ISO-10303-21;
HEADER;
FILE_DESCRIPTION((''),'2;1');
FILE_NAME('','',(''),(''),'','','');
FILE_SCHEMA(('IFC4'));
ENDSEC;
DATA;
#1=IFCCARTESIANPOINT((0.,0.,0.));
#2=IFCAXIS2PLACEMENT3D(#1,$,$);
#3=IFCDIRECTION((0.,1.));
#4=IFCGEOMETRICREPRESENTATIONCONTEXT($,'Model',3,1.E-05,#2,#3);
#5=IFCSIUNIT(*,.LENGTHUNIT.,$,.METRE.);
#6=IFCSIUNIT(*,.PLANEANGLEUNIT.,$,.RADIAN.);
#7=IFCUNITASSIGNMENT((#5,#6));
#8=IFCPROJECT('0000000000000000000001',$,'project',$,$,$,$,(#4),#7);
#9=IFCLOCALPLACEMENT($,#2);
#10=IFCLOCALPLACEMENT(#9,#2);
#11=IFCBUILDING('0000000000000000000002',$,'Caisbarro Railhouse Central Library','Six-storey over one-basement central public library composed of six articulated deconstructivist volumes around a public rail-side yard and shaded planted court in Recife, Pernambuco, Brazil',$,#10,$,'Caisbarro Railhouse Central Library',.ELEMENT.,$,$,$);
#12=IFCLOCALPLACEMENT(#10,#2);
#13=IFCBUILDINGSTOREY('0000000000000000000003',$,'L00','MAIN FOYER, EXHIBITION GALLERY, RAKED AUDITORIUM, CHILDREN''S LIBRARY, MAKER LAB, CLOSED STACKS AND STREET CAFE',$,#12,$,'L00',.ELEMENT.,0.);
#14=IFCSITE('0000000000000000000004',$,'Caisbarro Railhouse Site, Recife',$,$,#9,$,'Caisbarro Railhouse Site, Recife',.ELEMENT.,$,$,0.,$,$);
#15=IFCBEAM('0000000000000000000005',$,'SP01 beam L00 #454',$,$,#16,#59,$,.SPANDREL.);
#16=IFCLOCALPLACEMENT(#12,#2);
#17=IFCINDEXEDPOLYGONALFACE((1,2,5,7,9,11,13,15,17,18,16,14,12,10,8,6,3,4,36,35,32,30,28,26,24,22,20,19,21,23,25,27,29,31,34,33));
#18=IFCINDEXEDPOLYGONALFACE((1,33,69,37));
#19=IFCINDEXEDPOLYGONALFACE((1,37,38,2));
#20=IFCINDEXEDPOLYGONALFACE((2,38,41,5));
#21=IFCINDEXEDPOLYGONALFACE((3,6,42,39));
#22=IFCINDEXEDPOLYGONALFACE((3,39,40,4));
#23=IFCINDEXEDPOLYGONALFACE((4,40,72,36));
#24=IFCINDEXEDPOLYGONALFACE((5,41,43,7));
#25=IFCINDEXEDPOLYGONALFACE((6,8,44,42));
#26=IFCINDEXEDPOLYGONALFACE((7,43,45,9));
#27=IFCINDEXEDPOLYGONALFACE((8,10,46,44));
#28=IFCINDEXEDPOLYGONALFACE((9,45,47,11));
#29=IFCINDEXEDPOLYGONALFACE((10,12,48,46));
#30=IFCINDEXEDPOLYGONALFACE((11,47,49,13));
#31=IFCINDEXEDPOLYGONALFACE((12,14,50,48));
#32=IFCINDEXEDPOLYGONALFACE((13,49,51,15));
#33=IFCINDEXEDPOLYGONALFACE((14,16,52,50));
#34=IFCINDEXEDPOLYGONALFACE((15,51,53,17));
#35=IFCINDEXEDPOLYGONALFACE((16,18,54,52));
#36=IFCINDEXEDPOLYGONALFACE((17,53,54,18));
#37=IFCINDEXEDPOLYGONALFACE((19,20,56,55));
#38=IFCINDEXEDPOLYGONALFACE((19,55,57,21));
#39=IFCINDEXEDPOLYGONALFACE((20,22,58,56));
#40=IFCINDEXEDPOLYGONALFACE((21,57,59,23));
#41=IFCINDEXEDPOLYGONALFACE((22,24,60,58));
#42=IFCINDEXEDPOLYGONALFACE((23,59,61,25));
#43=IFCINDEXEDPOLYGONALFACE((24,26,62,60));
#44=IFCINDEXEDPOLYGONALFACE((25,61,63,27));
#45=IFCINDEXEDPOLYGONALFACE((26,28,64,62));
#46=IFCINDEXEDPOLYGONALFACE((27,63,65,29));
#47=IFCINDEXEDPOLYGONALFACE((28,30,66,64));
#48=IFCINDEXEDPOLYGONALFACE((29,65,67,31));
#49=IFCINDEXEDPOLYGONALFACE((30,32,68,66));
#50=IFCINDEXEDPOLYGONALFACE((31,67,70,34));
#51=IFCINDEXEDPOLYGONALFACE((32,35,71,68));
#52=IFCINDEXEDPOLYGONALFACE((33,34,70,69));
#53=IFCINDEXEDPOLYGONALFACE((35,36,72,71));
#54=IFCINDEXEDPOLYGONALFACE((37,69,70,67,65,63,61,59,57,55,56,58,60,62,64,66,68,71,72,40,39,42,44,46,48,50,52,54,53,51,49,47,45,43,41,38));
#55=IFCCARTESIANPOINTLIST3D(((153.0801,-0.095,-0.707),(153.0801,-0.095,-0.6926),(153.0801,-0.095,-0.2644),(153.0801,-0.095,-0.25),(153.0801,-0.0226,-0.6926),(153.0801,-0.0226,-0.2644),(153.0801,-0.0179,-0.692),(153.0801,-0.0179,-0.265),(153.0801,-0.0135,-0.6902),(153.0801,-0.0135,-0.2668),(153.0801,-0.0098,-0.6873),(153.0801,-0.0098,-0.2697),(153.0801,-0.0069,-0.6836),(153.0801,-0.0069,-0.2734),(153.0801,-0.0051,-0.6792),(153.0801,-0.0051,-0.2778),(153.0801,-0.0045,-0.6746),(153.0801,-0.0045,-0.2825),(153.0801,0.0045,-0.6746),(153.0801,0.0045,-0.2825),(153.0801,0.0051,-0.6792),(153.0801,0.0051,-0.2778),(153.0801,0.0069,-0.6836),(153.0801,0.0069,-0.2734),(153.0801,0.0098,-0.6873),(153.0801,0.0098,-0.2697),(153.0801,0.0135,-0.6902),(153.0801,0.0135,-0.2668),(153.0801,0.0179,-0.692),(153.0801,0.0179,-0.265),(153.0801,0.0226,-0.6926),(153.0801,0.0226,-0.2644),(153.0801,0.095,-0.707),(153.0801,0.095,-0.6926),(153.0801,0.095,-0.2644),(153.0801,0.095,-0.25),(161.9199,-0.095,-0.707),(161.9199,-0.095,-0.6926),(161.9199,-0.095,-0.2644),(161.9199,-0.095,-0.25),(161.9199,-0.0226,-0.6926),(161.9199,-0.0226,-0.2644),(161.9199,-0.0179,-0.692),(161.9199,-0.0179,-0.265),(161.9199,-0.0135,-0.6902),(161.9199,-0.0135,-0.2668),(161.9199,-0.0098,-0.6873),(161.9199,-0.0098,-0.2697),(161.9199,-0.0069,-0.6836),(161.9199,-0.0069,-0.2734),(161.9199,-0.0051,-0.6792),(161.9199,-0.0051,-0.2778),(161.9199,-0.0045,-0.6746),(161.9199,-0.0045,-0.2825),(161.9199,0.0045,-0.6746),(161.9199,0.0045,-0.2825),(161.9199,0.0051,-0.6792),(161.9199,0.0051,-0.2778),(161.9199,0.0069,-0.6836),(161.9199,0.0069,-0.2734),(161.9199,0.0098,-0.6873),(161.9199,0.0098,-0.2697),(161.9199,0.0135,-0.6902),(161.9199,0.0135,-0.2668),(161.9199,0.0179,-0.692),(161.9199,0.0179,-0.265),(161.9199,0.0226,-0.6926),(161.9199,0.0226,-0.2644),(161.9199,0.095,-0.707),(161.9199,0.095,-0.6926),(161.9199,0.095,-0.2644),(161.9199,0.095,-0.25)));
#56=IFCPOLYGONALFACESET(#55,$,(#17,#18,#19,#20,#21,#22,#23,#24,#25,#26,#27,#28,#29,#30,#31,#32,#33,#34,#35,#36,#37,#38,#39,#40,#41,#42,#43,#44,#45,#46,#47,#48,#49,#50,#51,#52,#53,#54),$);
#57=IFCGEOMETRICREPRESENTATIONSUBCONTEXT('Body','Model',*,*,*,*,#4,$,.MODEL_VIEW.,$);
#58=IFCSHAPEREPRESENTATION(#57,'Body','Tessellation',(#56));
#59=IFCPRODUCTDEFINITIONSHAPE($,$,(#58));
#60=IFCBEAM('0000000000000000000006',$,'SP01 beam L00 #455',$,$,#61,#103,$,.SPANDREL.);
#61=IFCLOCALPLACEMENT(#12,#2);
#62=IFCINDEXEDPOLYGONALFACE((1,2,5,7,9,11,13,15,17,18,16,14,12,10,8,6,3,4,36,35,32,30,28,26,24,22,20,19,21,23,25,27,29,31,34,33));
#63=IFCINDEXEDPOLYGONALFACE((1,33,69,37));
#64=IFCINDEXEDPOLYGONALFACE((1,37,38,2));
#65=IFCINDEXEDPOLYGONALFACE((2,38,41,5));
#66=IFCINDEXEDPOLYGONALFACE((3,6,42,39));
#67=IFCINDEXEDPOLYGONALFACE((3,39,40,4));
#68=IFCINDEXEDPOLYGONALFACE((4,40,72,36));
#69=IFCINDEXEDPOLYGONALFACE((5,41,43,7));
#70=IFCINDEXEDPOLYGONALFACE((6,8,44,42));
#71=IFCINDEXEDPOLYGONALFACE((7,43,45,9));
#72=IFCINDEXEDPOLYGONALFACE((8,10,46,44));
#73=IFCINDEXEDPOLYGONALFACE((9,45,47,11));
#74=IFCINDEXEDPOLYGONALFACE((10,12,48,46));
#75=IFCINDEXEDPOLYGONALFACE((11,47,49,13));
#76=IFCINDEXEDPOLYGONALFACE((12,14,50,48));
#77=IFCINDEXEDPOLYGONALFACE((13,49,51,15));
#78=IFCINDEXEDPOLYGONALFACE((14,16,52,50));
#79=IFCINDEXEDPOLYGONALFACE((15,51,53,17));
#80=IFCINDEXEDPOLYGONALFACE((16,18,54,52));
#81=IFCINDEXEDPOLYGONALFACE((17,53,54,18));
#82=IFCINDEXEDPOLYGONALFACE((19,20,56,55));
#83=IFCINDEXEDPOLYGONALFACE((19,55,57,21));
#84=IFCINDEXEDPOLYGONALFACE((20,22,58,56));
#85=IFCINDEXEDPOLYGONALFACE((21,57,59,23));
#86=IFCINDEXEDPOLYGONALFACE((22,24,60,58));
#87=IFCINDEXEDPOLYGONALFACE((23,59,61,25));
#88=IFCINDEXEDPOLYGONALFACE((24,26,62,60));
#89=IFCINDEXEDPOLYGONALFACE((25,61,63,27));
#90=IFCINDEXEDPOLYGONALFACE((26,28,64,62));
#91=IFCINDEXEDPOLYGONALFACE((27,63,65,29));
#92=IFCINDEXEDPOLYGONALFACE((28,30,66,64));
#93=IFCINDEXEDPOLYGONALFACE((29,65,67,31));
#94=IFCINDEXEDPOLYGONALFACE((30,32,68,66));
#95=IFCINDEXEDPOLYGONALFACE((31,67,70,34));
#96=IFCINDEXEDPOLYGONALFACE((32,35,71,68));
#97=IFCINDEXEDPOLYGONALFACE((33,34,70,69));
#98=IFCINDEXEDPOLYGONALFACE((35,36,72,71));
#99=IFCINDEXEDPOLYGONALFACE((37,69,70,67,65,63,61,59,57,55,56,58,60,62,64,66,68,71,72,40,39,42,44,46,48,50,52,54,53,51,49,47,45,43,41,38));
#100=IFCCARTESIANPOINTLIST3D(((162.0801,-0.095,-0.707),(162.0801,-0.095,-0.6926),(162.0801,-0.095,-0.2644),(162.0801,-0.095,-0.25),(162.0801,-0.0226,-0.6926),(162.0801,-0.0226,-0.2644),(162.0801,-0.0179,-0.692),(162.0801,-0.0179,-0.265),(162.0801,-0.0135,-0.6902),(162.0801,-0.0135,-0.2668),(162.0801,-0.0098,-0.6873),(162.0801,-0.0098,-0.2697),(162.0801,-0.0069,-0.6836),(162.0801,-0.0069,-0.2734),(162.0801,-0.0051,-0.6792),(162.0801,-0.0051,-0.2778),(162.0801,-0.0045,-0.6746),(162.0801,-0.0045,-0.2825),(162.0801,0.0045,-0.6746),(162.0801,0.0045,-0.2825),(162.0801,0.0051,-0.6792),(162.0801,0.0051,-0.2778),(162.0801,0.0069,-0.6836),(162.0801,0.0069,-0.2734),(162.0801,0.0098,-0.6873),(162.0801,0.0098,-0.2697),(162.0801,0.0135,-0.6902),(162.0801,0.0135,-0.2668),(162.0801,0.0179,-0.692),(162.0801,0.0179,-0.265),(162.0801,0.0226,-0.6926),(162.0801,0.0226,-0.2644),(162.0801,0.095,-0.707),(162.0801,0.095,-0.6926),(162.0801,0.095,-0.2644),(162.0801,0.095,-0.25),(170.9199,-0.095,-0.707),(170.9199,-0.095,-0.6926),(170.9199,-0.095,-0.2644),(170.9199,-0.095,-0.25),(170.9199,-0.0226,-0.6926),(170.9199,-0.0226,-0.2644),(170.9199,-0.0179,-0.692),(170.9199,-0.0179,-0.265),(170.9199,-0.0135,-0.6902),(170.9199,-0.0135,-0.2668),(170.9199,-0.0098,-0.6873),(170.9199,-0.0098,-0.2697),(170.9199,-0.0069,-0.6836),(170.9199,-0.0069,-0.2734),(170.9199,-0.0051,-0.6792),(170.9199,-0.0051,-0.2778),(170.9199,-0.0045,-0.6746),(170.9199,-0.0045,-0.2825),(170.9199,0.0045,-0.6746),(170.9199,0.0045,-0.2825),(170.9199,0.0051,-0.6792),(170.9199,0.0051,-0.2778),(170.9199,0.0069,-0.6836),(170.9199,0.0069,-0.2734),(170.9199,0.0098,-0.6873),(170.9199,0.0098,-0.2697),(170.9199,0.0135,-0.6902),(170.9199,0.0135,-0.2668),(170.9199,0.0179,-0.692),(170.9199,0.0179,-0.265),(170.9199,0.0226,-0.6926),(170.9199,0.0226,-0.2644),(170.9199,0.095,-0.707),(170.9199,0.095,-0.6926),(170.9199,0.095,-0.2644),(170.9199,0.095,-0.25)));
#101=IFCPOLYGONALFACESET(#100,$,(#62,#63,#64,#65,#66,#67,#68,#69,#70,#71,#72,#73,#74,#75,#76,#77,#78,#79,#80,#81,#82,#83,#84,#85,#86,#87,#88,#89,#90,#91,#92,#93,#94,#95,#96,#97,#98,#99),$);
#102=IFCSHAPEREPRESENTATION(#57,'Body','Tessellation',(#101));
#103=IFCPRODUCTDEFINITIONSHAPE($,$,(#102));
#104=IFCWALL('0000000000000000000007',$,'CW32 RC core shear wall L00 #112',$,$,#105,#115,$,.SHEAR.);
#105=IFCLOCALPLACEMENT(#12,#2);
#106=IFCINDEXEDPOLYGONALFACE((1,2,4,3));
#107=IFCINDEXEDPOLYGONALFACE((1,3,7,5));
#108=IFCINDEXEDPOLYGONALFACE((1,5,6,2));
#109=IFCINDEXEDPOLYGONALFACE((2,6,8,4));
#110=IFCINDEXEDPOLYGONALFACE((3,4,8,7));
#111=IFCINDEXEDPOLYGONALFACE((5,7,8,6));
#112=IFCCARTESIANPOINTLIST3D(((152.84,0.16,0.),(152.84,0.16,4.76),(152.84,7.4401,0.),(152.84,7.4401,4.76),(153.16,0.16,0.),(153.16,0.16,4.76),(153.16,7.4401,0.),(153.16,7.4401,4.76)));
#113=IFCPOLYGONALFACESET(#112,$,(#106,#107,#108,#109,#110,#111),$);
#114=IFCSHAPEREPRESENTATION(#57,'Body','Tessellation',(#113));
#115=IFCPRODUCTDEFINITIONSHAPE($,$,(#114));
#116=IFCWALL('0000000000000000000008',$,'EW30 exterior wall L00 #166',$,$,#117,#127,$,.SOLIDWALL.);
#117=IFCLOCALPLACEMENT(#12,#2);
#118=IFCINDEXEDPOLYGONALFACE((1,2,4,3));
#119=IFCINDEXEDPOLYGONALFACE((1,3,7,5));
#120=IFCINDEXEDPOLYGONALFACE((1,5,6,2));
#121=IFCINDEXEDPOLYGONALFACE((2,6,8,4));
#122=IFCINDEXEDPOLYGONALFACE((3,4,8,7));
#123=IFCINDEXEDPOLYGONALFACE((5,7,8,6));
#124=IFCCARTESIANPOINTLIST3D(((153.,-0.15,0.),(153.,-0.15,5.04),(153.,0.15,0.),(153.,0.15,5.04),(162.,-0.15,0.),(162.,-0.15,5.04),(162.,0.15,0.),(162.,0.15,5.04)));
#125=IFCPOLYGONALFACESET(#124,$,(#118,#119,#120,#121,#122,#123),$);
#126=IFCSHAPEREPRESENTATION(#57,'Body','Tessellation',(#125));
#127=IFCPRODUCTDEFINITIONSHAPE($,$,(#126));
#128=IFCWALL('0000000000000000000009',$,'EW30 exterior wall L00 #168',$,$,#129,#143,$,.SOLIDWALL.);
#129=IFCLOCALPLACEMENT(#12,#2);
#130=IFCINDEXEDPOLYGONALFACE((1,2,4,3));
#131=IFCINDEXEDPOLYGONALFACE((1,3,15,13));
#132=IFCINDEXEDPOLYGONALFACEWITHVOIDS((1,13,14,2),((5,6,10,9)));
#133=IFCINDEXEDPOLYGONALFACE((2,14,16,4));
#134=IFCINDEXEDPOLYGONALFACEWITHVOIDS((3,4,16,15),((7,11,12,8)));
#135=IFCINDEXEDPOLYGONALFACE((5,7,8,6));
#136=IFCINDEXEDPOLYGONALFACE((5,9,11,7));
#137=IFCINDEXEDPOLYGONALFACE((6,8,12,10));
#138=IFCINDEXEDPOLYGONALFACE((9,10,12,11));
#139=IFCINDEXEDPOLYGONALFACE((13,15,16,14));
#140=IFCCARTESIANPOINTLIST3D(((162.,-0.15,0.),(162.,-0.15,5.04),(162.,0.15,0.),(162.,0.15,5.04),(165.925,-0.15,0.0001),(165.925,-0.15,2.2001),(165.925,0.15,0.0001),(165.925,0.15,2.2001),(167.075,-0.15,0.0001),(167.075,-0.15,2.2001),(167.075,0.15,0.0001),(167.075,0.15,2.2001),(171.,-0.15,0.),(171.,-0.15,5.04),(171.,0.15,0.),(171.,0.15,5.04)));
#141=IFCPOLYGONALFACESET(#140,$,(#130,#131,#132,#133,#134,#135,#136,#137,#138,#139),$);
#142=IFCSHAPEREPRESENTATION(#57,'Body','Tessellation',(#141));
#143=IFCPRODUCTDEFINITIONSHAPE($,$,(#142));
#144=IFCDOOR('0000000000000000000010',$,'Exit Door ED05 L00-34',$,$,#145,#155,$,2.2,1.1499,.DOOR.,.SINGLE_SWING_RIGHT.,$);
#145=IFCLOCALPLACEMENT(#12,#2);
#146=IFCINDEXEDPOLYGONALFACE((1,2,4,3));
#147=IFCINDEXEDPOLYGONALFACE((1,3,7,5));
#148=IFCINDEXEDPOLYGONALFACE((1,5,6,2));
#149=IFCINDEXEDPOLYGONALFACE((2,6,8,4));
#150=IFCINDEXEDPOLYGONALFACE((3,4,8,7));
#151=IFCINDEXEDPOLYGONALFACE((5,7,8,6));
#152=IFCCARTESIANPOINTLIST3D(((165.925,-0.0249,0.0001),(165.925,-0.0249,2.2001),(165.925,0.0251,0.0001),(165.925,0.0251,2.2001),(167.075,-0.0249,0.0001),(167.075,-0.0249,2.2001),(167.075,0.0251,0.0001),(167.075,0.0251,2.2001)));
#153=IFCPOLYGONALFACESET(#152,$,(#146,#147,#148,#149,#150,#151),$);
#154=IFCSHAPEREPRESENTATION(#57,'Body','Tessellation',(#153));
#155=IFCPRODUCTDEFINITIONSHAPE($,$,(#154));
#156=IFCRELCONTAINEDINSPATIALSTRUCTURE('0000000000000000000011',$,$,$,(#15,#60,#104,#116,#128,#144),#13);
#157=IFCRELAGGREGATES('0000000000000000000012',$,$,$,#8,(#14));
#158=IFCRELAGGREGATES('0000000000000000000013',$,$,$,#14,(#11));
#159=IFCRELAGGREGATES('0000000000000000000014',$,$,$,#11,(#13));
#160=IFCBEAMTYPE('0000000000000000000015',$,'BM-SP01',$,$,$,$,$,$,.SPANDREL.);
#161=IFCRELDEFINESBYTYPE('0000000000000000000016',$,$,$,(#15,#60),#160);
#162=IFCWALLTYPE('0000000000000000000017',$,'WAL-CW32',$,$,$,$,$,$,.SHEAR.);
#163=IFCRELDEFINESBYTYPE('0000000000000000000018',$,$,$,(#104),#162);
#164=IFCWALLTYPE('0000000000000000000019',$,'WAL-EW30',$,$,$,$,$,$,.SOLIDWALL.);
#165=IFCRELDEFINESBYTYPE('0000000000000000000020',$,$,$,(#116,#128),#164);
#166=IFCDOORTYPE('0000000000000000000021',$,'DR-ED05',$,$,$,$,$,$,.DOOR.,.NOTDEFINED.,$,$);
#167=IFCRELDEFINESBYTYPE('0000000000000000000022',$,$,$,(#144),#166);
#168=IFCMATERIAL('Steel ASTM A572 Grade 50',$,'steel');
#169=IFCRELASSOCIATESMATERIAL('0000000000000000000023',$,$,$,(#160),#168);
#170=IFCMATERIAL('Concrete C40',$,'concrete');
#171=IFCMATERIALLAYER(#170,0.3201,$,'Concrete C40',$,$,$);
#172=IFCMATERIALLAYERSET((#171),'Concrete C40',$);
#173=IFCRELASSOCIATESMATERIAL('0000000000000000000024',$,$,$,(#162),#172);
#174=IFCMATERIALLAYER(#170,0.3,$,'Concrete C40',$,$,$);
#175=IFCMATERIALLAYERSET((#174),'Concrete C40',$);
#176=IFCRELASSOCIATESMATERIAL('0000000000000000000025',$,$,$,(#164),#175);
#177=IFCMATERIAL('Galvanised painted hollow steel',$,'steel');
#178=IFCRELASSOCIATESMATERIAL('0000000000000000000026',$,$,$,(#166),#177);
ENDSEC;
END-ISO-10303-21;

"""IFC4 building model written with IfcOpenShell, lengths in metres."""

from ifc_helpers import new_model, si_unit, direction, frame, frame_2d, origin, origin_2d, place, context, subcontext, project, spatial, rectangle, i_section, extrude, material, layer, layer_set, material_profile, profile_set, type_object, element, fill, save


model = new_model("IFC4")

# Units and contexts
model_context = context("Model", 3, precision=1e-05, world=origin(), true_north=direction((0.0, 1.0)))
body_context = subcontext(model_context, "Body", "Model", "MODEL_VIEW")
ifc_project = project(units=[si_unit("LENGTHUNIT", "METRE"), si_unit("PLANEANGLEUNIT", "RADIAN")], contexts=[model_context])

# Site, building, storey
site_placement = place(None, origin())
site = spatial("IfcSite", under=ifc_project, at=site_placement, Name="Caisbarro Railhouse Site, Recife", LongName="Caisbarro Railhouse Site, Recife", CompositionType="ELEMENT", RefElevation=0.0)
building_placement = place(site_placement, origin())
building = spatial("IfcBuilding", under=site, at=building_placement, Name="Caisbarro Railhouse Central Library", Description="Six-storey over one-basement central public library composed of six articulated deconstructivist volumes around a public rail-side yard and shaded planted court in Recife, Pernambuco, Brazil", LongName="Caisbarro Railhouse Central Library", CompositionType="ELEMENT")
storey_placement = place(building_placement, origin())
storey = spatial("IfcBuildingStorey", under=building, at=storey_placement, Name="L00", Description="MAIN FOYER, EXHIBITION GALLERY, RAKED AUDITORIUM, CHILDREN'S LIBRARY, MAKER LAB, CLOSED STACKS AND STREET CAFE", LongName="L00", CompositionType="ELEMENT", Elevation=0.0)

# Shared definitions
ifc_material_1 = material(Name="Steel ASTM A572 Grade 50", Category="steel")

# Beams
ifc_material_profile_1 = material_profile(ifc_material_1, i_section(OverallWidth=0.1899, OverallDepth=0.457, WebThickness=0.009, FlangeThickness=0.0144, FilletRadius=0.0181, at=origin_2d()), Name="W460X74.0")
ifc_profile_set_1 = profile_set([ifc_material_profile_1], Name="Steel ASTM A572 Grade 50")
beam_type_1 = type_object("IfcBeamType", Name="BM-SP01", PredefinedType="SPANDREL", material=ifc_profile_set_1)
for number, where, z_axis, x_axis, name in (
    (1, (153.0801, 0.0, -0.4785), (1.0, 0.0, 0.0), (0.0, 1.0, 0.0), "SP01 beam L00 #454"),
    (2, (162.0801, 0.0, -0.4785), (1.0, 0.0, 0.0), (0.0, 1.0, 0.0), "SP01 beam L00 #455"),
):
    element("IfcBeam", number, at=place(storey_placement, frame(where, z_axis=z_axis, x_axis=x_axis)), inside=storey, type_object=beam_type_1, Name=name, PredefinedType="SPANDREL", context=body_context, shape_type="SweptSolid", body=[
        extrude(i_section(OverallWidth=0.1899, OverallDepth=0.457, WebThickness=0.009, FlangeThickness=0.0144, FilletRadius=0.0181, at=origin_2d()), origin(), (0.0, 0.0, 1.0), 8.8398),
    ])

# Walls
ifc_material_2 = material(Name="Concrete C40", Category="concrete")
ifc_layer_1 = layer(ifc_material_2, 0.3201, Name="Concrete C40")
ifc_layer_set_1 = layer_set([ifc_layer_1], Name="Concrete C40")
wall_type_1 = type_object("IfcWallType", Name="WAL-CW32", PredefinedType="SHEAR", material=ifc_layer_set_1)
wall_1_placement = place(storey_placement, frame((153.0, 0.1599, 0.0), z_axis=(0.0, 0.0, 1.0), x_axis=(0.0, 1.0, 0.0)))
element("IfcWall", 3, at=wall_1_placement, inside=storey, type_object=wall_type_1, Name="CW32 RC core shear wall L00 #112", PredefinedType="SHEAR", context=body_context, shape_type="SweptSolid", body=[
    extrude(rectangle(XDim=7.28, YDim=0.3201, at=frame_2d((3.6401, 0.0))), origin(), (0.0, 0.0, 1.0), 4.76),
])
ifc_layer_2 = layer(ifc_material_2, 0.3, Name="Concrete C40")
ifc_layer_set_2 = layer_set([ifc_layer_2], Name="Concrete C40")
wall_type_2 = type_object("IfcWallType", Name="WAL-EW30", PredefinedType="SOLIDWALL", material=ifc_layer_set_2)
wall_2_placement = place(storey_placement, frame((153.0, 0.0, 0.0), z_axis=(0.0, 0.0, 1.0), x_axis=(1.0, 0.0, 0.0)))
element("IfcWall", 4, at=wall_2_placement, inside=storey, type_object=wall_type_2, Name="EW30 exterior wall L00 #166", PredefinedType="SOLIDWALL", context=body_context, shape_type="SweptSolid", body=[
    extrude(rectangle(XDim=9.0, YDim=0.3, at=frame_2d((4.5, 0.0))), origin(), (0.0, 0.0, 1.0), 5.04),
])

# Wall, opening, door
wall_3_placement = place(storey_placement, frame((162.0, 0.0, 0.0), z_axis=(0.0, 0.0, 1.0), x_axis=(1.0, 0.0, 0.0)))
wall_3 = element("IfcWall", 5, at=wall_3_placement, inside=storey, type_object=wall_type_2, Name="EW30 exterior wall L00 #168", PredefinedType="SOLIDWALL", context=body_context, shape_type="SweptSolid", body=[
    extrude(rectangle(XDim=9.0, YDim=0.3, at=frame_2d((4.5, 0.0))), origin(), (0.0, 0.0, 1.0), 5.04),
])
opening_1_placement = place(wall_3_placement, frame((3.925, 0.0, 0.0)))
opening_1 = element("IfcOpeningElement", 6, at=opening_1_placement, cuts=wall_3, PredefinedType="OPENING", context=body_context, shape_type="SweptSolid", body=[
    extrude(rectangle(XDim=1.1499, YDim=2.2, at=frame_2d((0.575, 1.1001))), frame((0.0, 0.1602, 0.0), z_axis=(0.0, -1.0, 0.0), x_axis=(1.0, 0.0, 0.0)), (0.0, 0.0, 1.0), 0.3201),
])
ifc_material_3 = material(Name="Galvanised painted hollow steel", Category="steel")
door_type_1 = type_object("IfcDoorType", Name="DR-ED05", OperationType="NOTDEFINED", PredefinedType="DOOR", material=ifc_material_3)
door_1_placement = place(opening_1_placement, frame((1.1499, 0.0, 0.0), z_axis=(0.0, 0.0, 1.0), x_axis=(-1.0, 0.0, 0.0)))
door_1 = element("IfcDoor", 7, at=door_1_placement, inside=storey, type_object=door_type_1, Name="Exit Door ED05 L00-34", OperationType="SINGLE_SWING_RIGHT", OverallHeight=2.2, OverallWidth=1.1499, PredefinedType="DOOR", context=body_context, shape_type="SweptSolid", body=[
    extrude(rectangle(XDim=1.1499, YDim=2.2, at=frame_2d((0.575, 1.1001))), frame((0.0, 0.0249, 0.0), z_axis=(0.0, -1.0, 0.0), x_axis=(1.0, 0.0, 0.0)), (0.0, 0.0, 1.0), 0.05),
])
fill(opening_1, door_1)

save(model, "model.ifc")
